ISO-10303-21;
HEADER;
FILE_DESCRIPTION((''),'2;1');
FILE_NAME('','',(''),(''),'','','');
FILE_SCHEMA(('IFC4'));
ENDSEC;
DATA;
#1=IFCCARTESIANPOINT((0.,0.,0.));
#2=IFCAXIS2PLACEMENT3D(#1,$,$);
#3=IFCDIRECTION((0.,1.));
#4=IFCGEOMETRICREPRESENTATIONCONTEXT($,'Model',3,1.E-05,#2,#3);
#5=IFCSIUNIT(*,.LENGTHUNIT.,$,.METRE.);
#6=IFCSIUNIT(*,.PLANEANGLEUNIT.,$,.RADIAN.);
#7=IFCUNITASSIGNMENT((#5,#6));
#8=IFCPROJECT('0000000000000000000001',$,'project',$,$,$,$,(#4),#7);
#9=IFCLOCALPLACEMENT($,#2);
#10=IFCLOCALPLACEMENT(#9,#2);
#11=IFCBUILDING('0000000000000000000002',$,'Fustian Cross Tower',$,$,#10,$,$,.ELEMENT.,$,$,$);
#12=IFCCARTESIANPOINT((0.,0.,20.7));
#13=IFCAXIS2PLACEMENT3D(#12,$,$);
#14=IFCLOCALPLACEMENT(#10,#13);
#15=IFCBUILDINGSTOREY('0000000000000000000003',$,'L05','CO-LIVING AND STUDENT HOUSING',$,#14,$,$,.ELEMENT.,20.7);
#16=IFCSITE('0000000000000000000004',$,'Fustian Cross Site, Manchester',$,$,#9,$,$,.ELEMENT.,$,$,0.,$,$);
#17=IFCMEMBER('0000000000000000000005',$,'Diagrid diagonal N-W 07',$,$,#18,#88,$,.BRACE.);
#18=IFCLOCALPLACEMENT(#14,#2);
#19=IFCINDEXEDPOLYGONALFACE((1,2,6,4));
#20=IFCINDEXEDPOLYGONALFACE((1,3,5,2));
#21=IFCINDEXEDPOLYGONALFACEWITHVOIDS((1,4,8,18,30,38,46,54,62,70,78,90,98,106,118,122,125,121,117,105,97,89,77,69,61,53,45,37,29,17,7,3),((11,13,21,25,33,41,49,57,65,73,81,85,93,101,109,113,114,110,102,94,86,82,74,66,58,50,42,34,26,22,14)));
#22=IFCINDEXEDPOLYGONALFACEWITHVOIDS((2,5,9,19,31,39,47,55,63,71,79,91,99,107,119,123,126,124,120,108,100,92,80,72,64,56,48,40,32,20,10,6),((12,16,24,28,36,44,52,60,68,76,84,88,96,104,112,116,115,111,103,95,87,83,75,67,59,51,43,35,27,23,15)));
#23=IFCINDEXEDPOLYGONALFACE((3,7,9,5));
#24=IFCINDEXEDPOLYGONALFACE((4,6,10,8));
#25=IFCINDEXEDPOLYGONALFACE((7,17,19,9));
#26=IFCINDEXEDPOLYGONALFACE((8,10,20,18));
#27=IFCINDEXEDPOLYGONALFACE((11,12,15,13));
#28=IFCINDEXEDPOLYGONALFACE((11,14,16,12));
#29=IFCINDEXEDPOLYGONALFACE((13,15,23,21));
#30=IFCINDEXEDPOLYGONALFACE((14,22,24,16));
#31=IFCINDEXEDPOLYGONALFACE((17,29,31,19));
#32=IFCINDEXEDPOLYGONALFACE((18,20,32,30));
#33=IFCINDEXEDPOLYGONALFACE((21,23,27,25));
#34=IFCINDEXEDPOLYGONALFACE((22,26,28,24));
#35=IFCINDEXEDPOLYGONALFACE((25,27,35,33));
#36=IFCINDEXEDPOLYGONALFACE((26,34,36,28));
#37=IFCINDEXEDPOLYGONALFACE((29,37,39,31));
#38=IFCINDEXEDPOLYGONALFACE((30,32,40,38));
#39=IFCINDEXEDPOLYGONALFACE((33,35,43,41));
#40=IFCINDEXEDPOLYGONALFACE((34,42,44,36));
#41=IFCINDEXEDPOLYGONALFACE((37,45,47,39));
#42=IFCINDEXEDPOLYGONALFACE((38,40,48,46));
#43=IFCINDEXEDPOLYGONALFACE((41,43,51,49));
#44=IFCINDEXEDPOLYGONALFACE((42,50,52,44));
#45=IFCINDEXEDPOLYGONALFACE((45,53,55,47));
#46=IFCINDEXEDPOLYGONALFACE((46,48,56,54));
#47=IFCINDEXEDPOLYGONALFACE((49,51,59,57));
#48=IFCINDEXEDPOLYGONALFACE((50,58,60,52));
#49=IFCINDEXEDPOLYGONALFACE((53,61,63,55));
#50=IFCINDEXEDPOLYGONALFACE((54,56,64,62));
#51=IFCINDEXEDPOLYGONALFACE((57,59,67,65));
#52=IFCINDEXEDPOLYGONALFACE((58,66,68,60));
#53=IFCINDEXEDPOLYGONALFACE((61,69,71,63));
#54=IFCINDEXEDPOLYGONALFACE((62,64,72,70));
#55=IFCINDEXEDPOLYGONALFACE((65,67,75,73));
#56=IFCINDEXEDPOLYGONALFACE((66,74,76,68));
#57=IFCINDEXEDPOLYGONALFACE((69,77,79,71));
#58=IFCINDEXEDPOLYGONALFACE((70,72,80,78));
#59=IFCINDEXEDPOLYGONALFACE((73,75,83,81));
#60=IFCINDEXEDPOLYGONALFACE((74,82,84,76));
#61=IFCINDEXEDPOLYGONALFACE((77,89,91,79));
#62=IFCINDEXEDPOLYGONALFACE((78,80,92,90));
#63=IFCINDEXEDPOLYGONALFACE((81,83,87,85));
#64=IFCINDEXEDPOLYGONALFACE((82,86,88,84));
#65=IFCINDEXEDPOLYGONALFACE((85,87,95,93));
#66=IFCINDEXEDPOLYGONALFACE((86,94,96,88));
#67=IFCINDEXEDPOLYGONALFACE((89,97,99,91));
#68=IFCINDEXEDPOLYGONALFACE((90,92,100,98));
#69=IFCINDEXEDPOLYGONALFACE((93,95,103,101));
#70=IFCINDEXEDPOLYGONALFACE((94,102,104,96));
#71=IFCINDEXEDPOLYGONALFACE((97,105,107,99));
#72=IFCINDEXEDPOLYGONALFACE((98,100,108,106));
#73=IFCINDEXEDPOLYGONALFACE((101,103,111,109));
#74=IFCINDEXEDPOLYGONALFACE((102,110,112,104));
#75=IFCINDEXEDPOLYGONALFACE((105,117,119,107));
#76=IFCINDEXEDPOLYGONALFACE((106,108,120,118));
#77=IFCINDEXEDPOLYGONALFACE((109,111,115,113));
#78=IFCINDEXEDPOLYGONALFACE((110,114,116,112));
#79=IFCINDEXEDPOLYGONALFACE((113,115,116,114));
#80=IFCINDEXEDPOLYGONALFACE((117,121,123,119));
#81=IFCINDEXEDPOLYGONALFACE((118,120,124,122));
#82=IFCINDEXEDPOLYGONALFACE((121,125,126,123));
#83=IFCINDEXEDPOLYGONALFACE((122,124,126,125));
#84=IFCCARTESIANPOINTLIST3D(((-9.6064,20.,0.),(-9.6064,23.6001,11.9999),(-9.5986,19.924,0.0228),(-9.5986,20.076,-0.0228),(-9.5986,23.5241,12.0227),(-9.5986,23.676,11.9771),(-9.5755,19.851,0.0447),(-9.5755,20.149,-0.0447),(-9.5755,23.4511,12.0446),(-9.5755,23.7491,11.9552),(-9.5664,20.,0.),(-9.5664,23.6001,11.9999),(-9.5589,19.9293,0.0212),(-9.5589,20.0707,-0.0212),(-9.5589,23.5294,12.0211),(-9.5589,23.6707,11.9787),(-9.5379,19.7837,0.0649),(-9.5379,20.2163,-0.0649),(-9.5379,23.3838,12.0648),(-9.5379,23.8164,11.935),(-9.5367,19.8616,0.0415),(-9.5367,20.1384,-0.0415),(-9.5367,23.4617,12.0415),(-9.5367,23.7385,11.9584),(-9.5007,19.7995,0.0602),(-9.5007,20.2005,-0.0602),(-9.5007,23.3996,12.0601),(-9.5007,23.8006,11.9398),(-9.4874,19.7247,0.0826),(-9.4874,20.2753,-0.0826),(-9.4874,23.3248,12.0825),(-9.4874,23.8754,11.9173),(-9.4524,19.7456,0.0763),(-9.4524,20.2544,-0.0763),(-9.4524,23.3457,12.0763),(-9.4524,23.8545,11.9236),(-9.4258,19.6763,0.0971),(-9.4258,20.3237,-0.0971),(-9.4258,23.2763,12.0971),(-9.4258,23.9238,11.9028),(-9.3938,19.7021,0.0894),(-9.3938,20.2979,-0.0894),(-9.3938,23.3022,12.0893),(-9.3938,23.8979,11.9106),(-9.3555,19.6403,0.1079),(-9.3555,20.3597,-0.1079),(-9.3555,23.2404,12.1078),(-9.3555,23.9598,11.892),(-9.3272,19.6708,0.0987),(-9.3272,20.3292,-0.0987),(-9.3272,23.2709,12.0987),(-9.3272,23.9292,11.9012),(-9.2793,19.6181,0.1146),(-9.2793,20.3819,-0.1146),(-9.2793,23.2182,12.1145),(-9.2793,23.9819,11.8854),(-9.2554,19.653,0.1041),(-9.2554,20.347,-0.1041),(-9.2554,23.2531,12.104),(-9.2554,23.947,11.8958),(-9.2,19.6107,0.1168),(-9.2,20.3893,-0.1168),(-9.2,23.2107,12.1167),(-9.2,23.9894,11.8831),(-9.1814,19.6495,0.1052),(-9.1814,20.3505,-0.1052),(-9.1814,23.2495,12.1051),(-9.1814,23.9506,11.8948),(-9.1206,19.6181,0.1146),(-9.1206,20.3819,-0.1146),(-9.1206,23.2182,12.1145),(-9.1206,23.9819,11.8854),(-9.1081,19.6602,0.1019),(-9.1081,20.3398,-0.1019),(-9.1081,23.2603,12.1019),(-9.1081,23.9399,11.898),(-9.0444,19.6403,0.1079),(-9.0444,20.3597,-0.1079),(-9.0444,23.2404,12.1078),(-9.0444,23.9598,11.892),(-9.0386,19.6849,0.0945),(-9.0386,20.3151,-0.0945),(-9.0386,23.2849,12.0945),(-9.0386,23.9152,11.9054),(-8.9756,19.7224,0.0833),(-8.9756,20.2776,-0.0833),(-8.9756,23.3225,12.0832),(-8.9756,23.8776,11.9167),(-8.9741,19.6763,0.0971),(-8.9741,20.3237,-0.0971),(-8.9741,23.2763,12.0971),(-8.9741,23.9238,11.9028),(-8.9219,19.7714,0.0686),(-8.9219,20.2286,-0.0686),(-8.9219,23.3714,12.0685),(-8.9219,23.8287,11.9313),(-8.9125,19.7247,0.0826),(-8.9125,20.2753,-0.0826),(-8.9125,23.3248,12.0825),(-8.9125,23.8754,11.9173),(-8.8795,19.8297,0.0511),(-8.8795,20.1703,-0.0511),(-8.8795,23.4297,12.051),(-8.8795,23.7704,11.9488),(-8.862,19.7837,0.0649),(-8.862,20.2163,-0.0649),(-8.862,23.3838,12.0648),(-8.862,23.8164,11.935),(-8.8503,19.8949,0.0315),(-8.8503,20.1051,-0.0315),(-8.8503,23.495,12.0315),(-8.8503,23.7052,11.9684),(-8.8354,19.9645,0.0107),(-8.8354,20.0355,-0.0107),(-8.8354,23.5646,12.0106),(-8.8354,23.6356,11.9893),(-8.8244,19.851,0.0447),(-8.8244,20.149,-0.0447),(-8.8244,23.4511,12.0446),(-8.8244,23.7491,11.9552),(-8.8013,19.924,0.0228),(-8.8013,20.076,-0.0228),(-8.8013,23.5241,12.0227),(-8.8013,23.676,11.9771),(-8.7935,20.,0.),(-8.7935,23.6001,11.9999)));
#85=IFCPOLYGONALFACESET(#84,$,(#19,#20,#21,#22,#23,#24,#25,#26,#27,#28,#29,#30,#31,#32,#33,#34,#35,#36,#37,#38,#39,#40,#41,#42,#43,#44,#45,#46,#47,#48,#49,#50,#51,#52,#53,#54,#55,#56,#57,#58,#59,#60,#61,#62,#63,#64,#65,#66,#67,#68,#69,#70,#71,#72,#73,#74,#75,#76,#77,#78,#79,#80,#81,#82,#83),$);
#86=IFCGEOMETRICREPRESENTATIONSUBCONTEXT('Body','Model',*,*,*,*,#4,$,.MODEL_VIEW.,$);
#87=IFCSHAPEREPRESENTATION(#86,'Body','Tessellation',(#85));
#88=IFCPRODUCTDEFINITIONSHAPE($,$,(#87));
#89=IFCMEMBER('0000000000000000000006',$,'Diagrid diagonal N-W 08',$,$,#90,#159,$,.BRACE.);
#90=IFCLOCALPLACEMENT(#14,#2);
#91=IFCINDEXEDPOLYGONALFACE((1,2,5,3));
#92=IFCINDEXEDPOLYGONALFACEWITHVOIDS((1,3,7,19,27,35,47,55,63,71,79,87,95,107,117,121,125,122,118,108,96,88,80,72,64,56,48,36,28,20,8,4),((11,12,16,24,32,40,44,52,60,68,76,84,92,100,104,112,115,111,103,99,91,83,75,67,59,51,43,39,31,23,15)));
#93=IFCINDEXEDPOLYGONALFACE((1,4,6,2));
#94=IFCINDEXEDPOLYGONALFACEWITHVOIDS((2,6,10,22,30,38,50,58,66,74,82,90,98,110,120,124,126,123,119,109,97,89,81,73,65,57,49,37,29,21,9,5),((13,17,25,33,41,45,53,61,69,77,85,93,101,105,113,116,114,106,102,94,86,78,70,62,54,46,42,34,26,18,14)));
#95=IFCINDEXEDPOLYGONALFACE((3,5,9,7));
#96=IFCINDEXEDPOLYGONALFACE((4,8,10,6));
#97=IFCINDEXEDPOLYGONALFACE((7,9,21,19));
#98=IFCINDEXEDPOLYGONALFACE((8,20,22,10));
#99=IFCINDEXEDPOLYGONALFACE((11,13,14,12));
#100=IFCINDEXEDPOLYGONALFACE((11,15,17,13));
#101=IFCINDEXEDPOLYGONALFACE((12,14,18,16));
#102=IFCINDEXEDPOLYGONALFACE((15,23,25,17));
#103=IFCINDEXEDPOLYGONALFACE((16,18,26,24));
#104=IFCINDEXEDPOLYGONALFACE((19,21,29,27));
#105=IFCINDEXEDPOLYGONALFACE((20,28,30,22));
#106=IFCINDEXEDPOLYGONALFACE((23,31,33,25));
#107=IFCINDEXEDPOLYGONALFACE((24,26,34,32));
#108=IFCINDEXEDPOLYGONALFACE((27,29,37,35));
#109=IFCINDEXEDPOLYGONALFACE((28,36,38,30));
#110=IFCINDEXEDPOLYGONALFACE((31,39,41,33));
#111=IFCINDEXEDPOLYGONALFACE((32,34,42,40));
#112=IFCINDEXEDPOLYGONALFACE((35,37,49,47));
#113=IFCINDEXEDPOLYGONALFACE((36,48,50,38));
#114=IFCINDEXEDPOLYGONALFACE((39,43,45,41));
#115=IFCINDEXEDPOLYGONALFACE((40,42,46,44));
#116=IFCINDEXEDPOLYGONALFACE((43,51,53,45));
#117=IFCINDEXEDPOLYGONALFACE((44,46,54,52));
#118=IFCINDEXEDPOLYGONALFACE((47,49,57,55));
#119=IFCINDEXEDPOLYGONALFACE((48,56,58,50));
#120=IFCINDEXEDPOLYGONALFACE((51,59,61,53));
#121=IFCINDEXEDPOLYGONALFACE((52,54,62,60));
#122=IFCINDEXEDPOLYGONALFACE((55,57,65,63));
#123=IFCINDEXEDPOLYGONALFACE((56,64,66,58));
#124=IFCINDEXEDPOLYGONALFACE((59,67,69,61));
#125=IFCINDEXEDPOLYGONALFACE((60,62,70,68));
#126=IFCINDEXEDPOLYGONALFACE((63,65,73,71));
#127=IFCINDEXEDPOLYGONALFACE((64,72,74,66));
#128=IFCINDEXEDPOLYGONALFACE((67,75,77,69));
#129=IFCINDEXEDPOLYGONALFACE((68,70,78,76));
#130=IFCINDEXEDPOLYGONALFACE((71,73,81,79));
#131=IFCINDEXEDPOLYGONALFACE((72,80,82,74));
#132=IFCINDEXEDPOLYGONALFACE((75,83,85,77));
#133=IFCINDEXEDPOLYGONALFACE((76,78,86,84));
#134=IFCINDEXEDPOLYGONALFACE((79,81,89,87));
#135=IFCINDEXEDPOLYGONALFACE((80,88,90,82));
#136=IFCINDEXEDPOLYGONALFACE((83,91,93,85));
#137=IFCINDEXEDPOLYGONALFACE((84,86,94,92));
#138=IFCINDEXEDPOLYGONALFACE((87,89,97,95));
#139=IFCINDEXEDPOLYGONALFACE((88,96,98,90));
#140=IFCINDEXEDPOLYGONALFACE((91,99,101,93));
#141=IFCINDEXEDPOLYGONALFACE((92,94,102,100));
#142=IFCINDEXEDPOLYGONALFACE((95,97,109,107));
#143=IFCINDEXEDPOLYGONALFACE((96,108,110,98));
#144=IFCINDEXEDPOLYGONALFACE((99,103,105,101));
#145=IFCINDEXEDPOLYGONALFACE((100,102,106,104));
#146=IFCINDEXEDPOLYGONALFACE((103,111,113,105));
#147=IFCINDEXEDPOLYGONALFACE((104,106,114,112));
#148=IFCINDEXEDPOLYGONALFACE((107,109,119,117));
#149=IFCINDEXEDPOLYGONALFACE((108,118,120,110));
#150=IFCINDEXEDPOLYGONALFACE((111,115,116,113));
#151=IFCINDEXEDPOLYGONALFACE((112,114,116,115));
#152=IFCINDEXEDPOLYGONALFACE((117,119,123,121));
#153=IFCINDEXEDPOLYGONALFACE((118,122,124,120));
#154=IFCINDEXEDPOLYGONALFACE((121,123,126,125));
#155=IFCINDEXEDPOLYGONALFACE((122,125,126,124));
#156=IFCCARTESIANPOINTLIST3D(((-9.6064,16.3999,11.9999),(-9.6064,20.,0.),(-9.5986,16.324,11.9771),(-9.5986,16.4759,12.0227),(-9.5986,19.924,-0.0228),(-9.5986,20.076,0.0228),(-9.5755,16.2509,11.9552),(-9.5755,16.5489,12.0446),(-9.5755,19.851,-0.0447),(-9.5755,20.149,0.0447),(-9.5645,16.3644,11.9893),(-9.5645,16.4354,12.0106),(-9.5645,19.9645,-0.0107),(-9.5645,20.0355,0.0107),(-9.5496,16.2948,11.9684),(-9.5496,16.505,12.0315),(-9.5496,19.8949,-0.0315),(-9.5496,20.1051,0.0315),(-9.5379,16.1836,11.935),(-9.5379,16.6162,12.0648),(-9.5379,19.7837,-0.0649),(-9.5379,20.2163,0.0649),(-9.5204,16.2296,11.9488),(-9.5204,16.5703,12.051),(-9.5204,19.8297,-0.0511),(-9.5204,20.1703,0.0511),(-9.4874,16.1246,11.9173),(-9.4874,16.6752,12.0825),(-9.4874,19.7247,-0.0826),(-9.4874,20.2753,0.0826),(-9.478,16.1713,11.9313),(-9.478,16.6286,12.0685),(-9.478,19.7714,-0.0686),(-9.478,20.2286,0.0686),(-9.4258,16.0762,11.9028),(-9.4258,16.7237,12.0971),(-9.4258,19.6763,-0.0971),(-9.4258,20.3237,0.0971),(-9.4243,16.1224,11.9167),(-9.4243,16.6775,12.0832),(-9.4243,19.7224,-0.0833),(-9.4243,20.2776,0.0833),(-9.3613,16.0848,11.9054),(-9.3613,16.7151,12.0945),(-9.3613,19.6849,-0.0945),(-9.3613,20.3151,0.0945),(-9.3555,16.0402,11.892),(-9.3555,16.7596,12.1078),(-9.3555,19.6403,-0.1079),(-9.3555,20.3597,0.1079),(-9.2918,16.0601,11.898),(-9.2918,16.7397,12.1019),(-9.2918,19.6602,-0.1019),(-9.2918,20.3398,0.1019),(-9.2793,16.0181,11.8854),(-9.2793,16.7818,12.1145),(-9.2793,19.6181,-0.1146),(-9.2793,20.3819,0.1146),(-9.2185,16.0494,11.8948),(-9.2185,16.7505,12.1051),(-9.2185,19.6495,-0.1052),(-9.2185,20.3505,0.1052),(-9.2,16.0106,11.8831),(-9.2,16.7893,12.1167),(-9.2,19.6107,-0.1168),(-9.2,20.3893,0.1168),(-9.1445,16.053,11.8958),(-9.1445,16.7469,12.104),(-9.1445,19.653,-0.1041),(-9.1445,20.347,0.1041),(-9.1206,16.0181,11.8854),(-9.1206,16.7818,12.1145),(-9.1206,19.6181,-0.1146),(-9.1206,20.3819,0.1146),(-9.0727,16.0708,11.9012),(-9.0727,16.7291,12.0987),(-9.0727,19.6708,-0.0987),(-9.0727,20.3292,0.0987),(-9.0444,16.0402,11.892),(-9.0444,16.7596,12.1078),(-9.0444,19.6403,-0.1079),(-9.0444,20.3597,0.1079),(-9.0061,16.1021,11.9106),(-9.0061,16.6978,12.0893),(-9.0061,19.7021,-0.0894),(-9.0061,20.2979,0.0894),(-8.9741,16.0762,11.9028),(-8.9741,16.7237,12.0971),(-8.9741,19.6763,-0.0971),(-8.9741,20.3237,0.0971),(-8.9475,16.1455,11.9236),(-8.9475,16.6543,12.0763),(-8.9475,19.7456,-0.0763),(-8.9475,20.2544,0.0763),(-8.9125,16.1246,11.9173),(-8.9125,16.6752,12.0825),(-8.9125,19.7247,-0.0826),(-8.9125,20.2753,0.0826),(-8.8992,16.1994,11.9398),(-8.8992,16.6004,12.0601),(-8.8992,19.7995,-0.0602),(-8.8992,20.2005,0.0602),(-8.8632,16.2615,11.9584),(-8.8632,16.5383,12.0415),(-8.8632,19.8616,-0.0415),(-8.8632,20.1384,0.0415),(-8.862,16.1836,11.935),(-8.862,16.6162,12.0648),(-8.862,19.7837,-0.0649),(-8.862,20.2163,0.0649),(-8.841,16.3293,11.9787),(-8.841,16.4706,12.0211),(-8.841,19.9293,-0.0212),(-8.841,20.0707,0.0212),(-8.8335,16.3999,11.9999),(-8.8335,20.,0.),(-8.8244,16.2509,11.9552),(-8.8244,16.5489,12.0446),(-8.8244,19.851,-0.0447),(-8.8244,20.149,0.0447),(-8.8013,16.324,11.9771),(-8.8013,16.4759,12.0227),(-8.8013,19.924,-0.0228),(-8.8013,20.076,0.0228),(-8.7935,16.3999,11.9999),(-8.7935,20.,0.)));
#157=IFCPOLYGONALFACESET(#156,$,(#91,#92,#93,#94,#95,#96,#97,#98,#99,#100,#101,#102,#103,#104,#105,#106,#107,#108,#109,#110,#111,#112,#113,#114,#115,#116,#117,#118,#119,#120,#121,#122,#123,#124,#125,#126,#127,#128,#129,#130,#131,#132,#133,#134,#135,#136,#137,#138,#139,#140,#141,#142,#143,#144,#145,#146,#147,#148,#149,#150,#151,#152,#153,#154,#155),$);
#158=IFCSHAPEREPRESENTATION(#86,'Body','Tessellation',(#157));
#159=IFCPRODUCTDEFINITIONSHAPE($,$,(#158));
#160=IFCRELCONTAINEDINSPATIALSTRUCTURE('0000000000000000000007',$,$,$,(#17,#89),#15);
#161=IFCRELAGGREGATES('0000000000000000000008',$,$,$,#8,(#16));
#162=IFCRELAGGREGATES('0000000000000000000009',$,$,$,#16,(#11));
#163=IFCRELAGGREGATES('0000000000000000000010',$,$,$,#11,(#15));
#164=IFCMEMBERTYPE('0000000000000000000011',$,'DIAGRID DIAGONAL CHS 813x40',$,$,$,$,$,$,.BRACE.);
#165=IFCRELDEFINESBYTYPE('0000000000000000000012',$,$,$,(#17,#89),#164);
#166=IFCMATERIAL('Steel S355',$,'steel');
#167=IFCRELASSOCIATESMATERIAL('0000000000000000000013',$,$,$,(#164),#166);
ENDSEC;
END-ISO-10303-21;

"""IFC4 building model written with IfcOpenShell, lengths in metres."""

from ifc_helpers import new_model, si_unit, direction, frame, origin, origin_2d, place, context, subcontext, project, spatial, hollow_circle, extrude, material, material_profile, profile_set, type_object, element, save


model = new_model("IFC4")

# Units and contexts
model_context = context("Model", 3, precision=1e-05, world=origin(), true_north=direction((0.0, 1.0)))
body_context = subcontext(model_context, "Body", "Model", "MODEL_VIEW")
ifc_project = project(units=[si_unit("LENGTHUNIT", "METRE"), si_unit("PLANEANGLEUNIT", "RADIAN")], contexts=[model_context])

# Site, building, storey
site_placement = place(None, origin())
site = spatial("IfcSite", under=ifc_project, at=site_placement, Name="Fustian Cross Site, Manchester", CompositionType="ELEMENT", RefElevation=0.0)
building_placement = place(site_placement, origin())
building = spatial("IfcBuilding", under=site, at=building_placement, Name="Fustian Cross Tower", CompositionType="ELEMENT")
storey_placement = place(building_placement, frame((0.0, 0.0, 20.7)))
storey = spatial("IfcBuildingStorey", under=building, at=storey_placement, Name="L05", Description="CO-LIVING AND STUDENT HOUSING", CompositionType="ELEMENT", Elevation=20.7)

# Members
ifc_material_1 = material(Name="Steel S355", Category="steel")
ifc_material_profile_1 = material_profile(ifc_material_1, hollow_circle(Radius=0.4065, WallThickness=0.04, at=origin_2d()), Name="CHS 813x40")
ifc_profile_set_1 = profile_set([ifc_material_profile_1], Name="Steel S355")
member_type_1 = type_object("IfcMemberType", Name="DIAGRID DIAGONAL CHS 813x40", PredefinedType="BRACE", material=ifc_profile_set_1)
for number, where, z_axis, x_axis, name in (
    (1, (-9.2, 20.0, 0.0), (0.0, 0.287355, 0.957824), (-1.0, 0.0, 0.0), "Diagrid diagonal N-W 07"),
    (2, (-9.2, 20.0, 0.0), (0.0, -0.287355, 0.957824), (1.0, 0.0, 0.0), "Diagrid diagonal N-W 08"),
):
    element("IfcMember", number, at=place(storey_placement, frame(where, z_axis=z_axis, x_axis=x_axis)), inside=storey, type_object=member_type_1, Name=name, PredefinedType="BRACE", context=body_context, shape_type="SweptSolid", body=[
        extrude(hollow_circle(Radius=0.4065, WallThickness=0.04, at=origin_2d()), origin(), (0.0, 0.0, 1.0), 12.5283),
    ])

save(model, "model.ifc")
